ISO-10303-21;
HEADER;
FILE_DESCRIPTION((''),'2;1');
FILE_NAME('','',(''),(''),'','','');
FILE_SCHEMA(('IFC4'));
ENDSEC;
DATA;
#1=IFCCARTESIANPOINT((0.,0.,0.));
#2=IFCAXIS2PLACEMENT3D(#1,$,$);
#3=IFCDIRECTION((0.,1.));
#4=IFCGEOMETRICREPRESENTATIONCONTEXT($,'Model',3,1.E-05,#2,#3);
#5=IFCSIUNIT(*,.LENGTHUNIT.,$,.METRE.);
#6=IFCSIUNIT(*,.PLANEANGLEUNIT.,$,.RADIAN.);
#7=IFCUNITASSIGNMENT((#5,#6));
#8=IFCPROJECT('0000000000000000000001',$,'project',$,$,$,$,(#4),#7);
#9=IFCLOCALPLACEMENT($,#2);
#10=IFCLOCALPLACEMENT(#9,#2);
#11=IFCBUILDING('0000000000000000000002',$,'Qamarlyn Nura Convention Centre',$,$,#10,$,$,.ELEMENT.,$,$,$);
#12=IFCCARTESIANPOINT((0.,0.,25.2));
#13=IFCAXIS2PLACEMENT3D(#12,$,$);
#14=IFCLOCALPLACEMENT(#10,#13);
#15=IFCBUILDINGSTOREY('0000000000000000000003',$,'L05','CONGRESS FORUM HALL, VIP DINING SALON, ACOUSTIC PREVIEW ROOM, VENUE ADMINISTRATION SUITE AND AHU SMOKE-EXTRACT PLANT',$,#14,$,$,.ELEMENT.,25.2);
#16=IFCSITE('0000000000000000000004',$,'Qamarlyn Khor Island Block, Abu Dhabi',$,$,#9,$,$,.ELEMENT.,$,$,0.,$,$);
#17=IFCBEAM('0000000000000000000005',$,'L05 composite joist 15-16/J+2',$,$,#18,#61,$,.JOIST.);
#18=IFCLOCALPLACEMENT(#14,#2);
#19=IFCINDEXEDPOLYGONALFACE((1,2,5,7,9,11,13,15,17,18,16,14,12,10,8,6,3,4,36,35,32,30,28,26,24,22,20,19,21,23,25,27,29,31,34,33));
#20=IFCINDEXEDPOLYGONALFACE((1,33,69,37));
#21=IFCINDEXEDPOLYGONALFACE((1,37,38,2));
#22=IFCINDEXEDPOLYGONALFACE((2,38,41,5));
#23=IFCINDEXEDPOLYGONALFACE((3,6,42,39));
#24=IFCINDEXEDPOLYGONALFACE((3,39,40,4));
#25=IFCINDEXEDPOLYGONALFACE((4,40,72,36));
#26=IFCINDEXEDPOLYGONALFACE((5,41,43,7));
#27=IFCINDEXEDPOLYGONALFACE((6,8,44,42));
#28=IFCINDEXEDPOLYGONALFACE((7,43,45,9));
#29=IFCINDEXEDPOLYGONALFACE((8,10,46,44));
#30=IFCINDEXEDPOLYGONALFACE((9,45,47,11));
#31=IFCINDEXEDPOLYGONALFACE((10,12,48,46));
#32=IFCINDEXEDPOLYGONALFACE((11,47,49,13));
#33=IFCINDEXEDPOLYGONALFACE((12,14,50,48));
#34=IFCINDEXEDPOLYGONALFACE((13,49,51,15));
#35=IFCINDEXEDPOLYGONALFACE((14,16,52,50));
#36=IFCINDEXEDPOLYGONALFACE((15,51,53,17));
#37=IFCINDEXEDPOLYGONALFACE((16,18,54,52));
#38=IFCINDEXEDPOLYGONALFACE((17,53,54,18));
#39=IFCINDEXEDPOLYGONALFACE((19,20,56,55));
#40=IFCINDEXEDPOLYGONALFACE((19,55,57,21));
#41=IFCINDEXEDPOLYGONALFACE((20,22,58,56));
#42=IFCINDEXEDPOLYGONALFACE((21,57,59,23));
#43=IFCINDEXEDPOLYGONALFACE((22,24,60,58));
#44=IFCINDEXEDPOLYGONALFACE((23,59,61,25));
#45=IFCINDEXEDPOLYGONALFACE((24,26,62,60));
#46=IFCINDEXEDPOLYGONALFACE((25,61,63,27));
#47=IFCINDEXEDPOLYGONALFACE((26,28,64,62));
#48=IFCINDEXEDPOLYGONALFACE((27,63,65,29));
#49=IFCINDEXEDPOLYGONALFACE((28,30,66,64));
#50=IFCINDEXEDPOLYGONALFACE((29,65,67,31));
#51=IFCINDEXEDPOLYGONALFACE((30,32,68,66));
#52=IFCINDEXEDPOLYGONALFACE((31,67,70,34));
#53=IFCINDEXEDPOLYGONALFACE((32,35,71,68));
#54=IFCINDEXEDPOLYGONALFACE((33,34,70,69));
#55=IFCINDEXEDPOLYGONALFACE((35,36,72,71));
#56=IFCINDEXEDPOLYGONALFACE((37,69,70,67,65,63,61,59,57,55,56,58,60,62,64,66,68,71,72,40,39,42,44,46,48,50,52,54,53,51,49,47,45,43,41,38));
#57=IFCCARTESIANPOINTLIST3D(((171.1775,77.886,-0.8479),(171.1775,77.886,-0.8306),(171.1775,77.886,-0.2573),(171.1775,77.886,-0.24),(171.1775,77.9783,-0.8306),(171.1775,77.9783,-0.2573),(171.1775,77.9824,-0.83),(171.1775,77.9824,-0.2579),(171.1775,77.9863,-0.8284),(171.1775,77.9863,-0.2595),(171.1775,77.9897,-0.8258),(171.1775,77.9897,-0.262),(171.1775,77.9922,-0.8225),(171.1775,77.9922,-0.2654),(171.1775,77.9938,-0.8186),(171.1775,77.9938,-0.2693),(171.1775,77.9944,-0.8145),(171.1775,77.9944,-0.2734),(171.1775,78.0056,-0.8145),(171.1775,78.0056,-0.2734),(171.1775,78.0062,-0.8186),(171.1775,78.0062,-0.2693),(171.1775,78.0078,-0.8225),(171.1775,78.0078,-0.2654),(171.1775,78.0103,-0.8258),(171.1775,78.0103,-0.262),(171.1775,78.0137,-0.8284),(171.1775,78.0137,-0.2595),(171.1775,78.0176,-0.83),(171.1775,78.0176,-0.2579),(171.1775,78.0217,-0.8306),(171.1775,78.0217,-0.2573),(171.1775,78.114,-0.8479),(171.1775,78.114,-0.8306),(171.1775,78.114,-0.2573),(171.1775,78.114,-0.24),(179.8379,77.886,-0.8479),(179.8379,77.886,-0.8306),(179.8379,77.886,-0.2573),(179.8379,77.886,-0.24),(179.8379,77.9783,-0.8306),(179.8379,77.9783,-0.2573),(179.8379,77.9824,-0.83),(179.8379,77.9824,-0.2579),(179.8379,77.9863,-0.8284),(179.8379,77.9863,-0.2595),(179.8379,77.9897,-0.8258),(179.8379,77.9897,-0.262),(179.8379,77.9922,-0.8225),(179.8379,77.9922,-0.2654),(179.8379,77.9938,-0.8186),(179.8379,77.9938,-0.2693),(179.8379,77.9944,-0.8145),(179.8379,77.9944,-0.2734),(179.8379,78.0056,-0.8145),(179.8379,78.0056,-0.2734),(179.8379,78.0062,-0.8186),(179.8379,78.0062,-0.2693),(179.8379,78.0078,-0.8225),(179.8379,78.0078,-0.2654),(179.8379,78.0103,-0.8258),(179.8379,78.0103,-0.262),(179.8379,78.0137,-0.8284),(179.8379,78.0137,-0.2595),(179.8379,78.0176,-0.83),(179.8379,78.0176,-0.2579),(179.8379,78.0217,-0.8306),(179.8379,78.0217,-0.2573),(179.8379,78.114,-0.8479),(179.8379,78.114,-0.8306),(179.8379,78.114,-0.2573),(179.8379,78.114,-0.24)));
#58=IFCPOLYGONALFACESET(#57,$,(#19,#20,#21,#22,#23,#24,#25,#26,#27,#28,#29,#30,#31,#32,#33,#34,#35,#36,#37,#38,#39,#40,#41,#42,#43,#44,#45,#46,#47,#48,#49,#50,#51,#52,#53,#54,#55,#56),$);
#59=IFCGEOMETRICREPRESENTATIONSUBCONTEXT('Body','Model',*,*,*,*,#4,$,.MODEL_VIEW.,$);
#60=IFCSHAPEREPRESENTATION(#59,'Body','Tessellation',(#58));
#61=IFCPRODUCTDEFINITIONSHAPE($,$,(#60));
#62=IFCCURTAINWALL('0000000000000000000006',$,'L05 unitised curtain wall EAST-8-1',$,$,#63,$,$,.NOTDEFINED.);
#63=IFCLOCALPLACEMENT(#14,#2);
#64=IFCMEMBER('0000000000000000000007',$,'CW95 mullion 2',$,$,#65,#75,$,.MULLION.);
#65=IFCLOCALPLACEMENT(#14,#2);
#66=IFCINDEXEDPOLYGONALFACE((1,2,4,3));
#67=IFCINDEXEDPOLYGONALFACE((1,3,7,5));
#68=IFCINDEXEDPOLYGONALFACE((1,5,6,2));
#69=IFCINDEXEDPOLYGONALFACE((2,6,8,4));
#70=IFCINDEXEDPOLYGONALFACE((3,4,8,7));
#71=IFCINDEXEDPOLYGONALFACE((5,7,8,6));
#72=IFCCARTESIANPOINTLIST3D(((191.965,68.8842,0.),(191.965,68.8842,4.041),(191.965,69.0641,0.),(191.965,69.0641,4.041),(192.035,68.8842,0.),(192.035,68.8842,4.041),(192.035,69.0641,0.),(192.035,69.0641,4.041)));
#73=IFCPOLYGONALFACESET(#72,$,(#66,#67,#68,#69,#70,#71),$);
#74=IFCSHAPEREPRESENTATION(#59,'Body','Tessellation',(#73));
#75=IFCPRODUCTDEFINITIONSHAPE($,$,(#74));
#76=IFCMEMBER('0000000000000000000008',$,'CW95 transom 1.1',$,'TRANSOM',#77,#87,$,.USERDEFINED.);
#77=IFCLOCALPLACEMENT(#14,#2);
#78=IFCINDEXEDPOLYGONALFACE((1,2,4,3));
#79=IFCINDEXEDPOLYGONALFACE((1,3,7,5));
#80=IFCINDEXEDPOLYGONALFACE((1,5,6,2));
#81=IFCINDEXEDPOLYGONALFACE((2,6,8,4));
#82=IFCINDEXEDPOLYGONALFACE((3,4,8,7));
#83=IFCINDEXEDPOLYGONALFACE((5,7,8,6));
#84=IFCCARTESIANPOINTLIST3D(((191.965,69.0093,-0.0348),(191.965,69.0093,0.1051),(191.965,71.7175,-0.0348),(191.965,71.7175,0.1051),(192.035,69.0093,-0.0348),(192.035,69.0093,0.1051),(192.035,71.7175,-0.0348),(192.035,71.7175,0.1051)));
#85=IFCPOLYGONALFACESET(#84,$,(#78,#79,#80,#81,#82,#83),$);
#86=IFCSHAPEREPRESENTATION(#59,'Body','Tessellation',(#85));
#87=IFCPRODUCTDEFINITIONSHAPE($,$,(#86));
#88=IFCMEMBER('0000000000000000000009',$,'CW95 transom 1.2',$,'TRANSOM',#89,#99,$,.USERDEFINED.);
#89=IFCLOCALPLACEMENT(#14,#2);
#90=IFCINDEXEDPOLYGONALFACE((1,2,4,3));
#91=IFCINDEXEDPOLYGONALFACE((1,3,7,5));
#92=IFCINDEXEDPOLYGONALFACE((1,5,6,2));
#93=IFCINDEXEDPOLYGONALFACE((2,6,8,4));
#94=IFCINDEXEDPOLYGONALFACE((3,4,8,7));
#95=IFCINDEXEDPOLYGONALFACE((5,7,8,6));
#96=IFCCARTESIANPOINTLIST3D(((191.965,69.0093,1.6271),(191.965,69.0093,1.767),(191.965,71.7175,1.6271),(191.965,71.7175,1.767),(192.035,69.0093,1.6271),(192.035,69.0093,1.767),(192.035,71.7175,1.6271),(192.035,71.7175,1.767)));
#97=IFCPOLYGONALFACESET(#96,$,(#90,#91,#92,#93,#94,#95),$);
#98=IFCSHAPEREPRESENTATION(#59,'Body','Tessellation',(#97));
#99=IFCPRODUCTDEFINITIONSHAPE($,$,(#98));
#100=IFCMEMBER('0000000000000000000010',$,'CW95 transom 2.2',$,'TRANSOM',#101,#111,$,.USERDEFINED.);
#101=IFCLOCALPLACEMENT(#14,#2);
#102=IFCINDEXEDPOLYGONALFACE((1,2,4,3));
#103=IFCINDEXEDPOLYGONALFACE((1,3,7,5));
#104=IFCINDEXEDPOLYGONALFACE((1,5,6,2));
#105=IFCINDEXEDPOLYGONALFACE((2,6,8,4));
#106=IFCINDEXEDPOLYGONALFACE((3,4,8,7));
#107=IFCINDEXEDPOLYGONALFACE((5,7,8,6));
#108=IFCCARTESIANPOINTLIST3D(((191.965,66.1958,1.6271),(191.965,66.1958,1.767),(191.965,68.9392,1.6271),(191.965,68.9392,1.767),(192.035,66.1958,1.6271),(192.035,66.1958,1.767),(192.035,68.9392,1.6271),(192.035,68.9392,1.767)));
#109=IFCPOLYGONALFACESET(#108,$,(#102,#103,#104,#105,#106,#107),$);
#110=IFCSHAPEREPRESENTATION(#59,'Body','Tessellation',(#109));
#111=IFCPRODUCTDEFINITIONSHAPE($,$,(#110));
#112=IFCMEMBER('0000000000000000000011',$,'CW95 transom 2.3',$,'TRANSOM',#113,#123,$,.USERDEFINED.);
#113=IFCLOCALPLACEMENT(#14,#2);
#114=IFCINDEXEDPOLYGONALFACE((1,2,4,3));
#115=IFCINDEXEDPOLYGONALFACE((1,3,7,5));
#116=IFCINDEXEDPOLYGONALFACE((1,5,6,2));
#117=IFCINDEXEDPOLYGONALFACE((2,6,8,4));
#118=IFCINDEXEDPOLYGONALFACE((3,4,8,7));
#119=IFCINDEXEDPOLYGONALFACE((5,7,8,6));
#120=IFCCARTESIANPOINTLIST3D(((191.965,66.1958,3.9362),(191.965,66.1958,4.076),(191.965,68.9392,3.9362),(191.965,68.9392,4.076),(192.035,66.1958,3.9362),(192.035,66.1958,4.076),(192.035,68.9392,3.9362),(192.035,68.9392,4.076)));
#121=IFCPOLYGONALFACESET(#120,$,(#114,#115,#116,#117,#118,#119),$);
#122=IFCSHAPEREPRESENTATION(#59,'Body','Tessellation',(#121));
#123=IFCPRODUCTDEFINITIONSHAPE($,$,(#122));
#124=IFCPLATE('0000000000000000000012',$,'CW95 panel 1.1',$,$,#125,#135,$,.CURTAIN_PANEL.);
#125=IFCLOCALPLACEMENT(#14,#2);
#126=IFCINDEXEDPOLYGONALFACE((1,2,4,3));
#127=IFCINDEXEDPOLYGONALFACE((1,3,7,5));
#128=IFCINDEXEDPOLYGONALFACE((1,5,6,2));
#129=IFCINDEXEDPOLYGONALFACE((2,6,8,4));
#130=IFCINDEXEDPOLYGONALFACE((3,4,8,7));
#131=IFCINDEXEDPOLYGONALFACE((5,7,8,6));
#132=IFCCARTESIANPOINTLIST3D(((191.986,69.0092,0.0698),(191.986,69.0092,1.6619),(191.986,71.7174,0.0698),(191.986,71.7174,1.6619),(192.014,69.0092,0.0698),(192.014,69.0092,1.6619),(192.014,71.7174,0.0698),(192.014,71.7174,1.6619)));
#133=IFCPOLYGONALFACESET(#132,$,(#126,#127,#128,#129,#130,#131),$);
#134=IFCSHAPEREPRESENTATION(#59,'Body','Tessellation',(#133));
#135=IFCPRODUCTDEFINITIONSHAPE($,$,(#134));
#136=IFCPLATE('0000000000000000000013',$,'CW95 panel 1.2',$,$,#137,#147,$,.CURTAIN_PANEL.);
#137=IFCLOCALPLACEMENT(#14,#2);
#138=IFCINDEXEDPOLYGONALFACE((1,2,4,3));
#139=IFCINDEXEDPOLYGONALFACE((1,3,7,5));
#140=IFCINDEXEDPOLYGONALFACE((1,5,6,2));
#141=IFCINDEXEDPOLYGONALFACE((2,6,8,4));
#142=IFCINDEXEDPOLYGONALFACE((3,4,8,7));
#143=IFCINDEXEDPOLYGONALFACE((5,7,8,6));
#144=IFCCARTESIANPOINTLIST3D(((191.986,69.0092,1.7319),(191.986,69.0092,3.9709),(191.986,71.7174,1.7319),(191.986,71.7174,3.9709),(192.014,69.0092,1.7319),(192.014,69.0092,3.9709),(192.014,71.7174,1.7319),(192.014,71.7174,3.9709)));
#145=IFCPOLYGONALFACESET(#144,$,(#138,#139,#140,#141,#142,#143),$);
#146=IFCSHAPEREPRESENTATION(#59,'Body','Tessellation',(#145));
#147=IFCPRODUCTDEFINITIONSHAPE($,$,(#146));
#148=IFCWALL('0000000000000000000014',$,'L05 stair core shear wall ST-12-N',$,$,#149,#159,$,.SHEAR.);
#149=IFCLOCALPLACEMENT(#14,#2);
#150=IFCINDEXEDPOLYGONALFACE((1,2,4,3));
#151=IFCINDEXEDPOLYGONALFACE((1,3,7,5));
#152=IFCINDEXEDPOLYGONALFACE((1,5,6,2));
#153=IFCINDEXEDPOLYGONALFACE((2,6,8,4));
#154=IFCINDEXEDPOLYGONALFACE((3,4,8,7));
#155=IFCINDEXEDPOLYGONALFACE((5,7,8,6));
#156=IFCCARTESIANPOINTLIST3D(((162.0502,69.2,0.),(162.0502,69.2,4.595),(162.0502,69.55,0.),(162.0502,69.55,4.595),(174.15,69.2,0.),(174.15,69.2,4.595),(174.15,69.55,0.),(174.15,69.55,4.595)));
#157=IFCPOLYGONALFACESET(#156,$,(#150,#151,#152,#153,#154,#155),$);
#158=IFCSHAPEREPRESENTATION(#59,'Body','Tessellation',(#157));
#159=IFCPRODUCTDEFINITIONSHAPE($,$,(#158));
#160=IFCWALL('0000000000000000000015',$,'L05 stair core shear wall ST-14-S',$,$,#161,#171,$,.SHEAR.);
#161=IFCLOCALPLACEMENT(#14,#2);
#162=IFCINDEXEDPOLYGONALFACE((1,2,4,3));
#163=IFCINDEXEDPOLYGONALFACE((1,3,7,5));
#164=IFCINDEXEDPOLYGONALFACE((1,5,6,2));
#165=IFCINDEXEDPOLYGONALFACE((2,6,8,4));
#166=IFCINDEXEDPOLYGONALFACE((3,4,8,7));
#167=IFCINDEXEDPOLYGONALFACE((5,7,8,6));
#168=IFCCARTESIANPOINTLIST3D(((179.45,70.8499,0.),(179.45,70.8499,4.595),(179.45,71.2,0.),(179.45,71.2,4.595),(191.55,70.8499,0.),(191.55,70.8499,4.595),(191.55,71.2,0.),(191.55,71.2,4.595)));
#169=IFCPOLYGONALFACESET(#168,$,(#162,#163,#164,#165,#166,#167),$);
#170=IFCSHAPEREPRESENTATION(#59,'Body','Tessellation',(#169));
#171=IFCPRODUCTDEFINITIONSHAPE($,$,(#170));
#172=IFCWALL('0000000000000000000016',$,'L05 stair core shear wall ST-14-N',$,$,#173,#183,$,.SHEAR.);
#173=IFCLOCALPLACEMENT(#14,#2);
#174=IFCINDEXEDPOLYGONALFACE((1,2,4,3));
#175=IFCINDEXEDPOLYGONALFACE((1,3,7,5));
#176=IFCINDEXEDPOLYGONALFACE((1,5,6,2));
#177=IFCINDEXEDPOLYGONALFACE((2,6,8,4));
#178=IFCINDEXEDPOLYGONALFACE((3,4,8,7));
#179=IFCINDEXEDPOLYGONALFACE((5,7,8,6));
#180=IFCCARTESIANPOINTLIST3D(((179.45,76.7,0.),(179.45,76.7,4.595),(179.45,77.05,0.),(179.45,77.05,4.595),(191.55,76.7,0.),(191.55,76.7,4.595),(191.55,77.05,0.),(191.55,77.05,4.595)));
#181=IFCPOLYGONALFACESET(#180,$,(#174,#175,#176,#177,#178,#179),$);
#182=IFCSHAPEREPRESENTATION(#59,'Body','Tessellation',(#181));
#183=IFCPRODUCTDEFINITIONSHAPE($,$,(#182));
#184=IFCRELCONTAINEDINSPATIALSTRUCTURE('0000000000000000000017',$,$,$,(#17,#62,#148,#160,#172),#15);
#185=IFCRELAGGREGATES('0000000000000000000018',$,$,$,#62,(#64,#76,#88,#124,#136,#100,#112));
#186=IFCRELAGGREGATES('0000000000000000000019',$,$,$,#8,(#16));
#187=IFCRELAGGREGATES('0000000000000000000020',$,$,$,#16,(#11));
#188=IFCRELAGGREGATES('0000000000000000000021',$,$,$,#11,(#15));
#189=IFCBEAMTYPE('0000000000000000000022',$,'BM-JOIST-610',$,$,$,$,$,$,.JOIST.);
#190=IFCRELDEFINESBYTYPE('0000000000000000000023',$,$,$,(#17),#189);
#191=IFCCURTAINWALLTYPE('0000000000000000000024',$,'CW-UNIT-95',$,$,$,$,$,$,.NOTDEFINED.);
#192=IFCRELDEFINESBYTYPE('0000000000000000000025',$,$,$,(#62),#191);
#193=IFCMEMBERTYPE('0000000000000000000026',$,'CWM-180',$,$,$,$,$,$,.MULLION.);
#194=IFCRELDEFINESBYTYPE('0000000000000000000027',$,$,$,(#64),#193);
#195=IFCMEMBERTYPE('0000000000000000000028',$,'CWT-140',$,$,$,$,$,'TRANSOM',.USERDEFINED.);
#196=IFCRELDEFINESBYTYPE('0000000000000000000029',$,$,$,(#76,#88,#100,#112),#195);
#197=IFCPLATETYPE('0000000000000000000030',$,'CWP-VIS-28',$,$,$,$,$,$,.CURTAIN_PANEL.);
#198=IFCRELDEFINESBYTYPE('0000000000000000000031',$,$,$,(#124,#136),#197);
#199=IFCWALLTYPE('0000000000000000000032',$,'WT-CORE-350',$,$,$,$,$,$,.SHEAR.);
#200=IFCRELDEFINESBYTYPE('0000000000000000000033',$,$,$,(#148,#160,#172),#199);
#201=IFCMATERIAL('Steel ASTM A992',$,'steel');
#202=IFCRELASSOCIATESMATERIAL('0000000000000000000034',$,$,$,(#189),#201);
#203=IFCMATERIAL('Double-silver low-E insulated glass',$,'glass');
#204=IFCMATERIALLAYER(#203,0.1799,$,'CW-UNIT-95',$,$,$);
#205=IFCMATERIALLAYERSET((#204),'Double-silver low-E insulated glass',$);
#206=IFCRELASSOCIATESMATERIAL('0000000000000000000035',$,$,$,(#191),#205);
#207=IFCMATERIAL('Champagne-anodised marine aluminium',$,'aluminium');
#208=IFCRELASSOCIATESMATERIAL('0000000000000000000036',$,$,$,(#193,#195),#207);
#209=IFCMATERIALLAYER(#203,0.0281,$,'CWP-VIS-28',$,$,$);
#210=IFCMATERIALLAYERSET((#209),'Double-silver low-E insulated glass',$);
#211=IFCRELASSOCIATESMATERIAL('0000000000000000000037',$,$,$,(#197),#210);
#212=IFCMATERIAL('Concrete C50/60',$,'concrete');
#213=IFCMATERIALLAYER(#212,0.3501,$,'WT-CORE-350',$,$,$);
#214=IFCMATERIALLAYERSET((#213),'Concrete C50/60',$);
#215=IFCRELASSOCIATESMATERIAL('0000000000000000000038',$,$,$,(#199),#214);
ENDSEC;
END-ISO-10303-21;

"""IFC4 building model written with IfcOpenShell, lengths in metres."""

from ifc_helpers import new_model, si_unit, direction, frame, frame_2d, origin, origin_2d, place, context, subcontext, project, spatial, rectangle, i_section, extrude, material, layer, layer_set, material_profile, profile_set, type_object, element, aggregate, save


model = new_model("IFC4")

# Units and contexts
model_context = context("Model", 3, precision=1e-05, world=origin(), true_north=direction((0.0, 1.0)))
body_context = subcontext(model_context, "Body", "Model", "MODEL_VIEW")
ifc_project = project(units=[si_unit("LENGTHUNIT", "METRE"), si_unit("PLANEANGLEUNIT", "RADIAN")], contexts=[model_context])

# Site, building, storey
site_placement = place(None, origin())
site = spatial("IfcSite", under=ifc_project, at=site_placement, Name="Qamarlyn Khor Island Block, Abu Dhabi", CompositionType="ELEMENT", RefElevation=0.0)
building_placement = place(site_placement, origin())
building = spatial("IfcBuilding", under=site, at=building_placement, Name="Qamarlyn Nura Convention Centre", CompositionType="ELEMENT")
storey_placement = place(building_placement, frame((0.0, 0.0, 25.2)))
storey = spatial("IfcBuildingStorey", under=building, at=storey_placement, Name="L05", Description="CONGRESS FORUM HALL, VIP DINING SALON, ACOUSTIC PREVIEW ROOM, VENUE ADMINISTRATION SUITE AND AHU SMOKE-EXTRACT PLANT", CompositionType="ELEMENT", Elevation=25.2)

# Shared definitions
ifc_material_1 = material(Name="Steel ASTM A992", Category="steel")

# Beam
ifc_material_profile_1 = material_profile(ifc_material_1, i_section(OverallWidth=0.228, OverallDepth=0.6079, WebThickness=0.0112, FlangeThickness=0.0173, FilletRadius=0.0161, at=origin_2d()), Name="W610X113")
ifc_profile_set_1 = profile_set([ifc_material_profile_1], Name="Steel ASTM A992")
beam_type_1 = type_object("IfcBeamType", Name="BM-JOIST-610", PredefinedType="JOIST", material=ifc_profile_set_1)
beam_1_placement = place(storey_placement, frame((171.1775, 78.0, -0.5439), z_axis=(1.0, 0.0, 0.0), x_axis=(0.0, 1.0, 0.0)))
element("IfcBeam", 1, at=beam_1_placement, inside=storey, type_object=beam_type_1, Name="L05 composite joist 15-16/J+2", PredefinedType="JOIST", context=body_context, shape_type="SweptSolid", body=[
    extrude(i_section(OverallWidth=0.228, OverallDepth=0.6079, WebThickness=0.0112, FlangeThickness=0.0173, FilletRadius=0.0161, at=origin_2d()), origin(), (0.0, 0.0, 1.0), 8.6604),
])

# Curtain wall, members, plates
ifc_material_2 = material(Name="Double-silver low-E insulated glass", Category="glass")
ifc_layer_1 = layer(ifc_material_2, 0.1799, Name="CW-UNIT-95")
ifc_layer_set_1 = layer_set([ifc_layer_1], Name="Double-silver low-E insulated glass")
curtain_wall_type = type_object("IfcCurtainWallType", Name="CW-UNIT-95", PredefinedType="NOTDEFINED", material=ifc_layer_set_1)
curtain_wall_placement = place(storey_placement, origin())
curtain_wall = element("IfcCurtainWall", 2, at=curtain_wall_placement, inside=storey, type_object=curtain_wall_type, Name="L05 unitised curtain wall EAST-8-1", PredefinedType="NOTDEFINED")
ifc_material_3 = material(Name="Champagne-anodised marine aluminium", Category="aluminium")
ifc_material_profile_2 = material_profile(ifc_material_3, rectangle(XDim=0.0701, YDim=0.1799, at=origin_2d()), Name="ALU MULLION 70x180")
ifc_profile_set_2 = profile_set([ifc_material_profile_2], Name="Champagne-anodised marine aluminium")
member_type_1 = type_object("IfcMemberType", Name="CWM-180", PredefinedType="MULLION", material=ifc_profile_set_2)
member_1_placement = place(storey_placement, frame((192.0, 68.9741, 0.0), z_axis=(0.0, 0.0, 1.0), x_axis=(1.0, 0.0, 0.0)))
member_1 = element("IfcMember", 3, at=member_1_placement, type_object=member_type_1, Name="CW95 mullion 2", PredefinedType="MULLION", context=body_context, shape_type="SweptSolid", body=[
    extrude(rectangle(XDim=0.0701, YDim=0.1799, at=origin_2d()), origin(), (0.0, 0.0, 1.0), 4.041),
])
ifc_material_profile_3 = material_profile(ifc_material_3, rectangle(XDim=0.0701, YDim=0.1399, at=origin_2d()), Name="ALU TRANSOM 70x140")
ifc_profile_set_3 = profile_set([ifc_material_profile_3], Name="Champagne-anodised marine aluminium")
member_type_2 = type_object("IfcMemberType", Name="CWT-140", ElementType="TRANSOM", PredefinedType="USERDEFINED", material=ifc_profile_set_3)
member_2_placement = place(storey_placement, frame((192.0, 71.7175, 0.0352), z_axis=(0.0, -1.0, 0.0), x_axis=(1.0, 0.0, 0.0)))
member_2 = element("IfcMember", 4, at=member_2_placement, type_object=member_type_2, Name="CW95 transom 1.1", ObjectType="TRANSOM", PredefinedType="USERDEFINED", context=body_context, shape_type="SweptSolid", body=[
    extrude(rectangle(XDim=0.0701, YDim=0.1399, at=origin_2d()), origin(), (0.0, 0.0, 1.0), 2.7083),
])
member_3_placement = place(storey_placement, frame((192.0, 71.7175, 1.697), z_axis=(0.0, -1.0, 0.0), x_axis=(1.0, 0.0, 0.0)))
member_3 = element("IfcMember", 5, at=member_3_placement, type_object=member_type_2, Name="CW95 transom 1.2", ObjectType="TRANSOM", PredefinedType="USERDEFINED", context=body_context, shape_type="SweptSolid", body=[
    extrude(rectangle(XDim=0.0701, YDim=0.1399, at=origin_2d()), origin(), (0.0, 0.0, 1.0), 2.7083),
])
member_4_placement = place(storey_placement, frame((192.0, 68.9392, 1.697), z_axis=(0.0, -1.0, 0.0), x_axis=(1.0, 0.0, 0.0)))
member_4 = element("IfcMember", 6, at=member_4_placement, type_object=member_type_2, Name="CW95 transom 2.2", ObjectType="TRANSOM", PredefinedType="USERDEFINED", context=body_context, shape_type="SweptSolid", body=[
    extrude(rectangle(XDim=0.0701, YDim=0.1399, at=origin_2d()), origin(), (0.0, 0.0, 1.0), 2.7434),
])
member_5_placement = place(storey_placement, frame((192.0, 68.9392, 4.0061), z_axis=(0.0, -1.0, 0.0), x_axis=(1.0, 0.0, 0.0)))
member_5 = element("IfcMember", 7, at=member_5_placement, type_object=member_type_2, Name="CW95 transom 2.3", ObjectType="TRANSOM", PredefinedType="USERDEFINED", context=body_context, shape_type="SweptSolid", body=[
    extrude(rectangle(XDim=0.0701, YDim=0.1399, at=origin_2d()), origin(), (0.0, 0.0, 1.0), 2.7434),
])
ifc_layer_2 = layer(ifc_material_2, 0.0281, Name="CWP-VIS-28")
ifc_layer_set_2 = layer_set([ifc_layer_2], Name="Double-silver low-E insulated glass")
plate_type = type_object("IfcPlateType", Name="CWP-VIS-28", PredefinedType="CURTAIN_PANEL", material=ifc_layer_set_2)
plate_1_placement = place(storey_placement, frame((192.0, 70.3633, 0.0698), z_axis=(0.0, 0.0, 1.0), x_axis=(0.0, -1.0, 0.0)))
plate_1 = element("IfcPlate", 8, at=plate_1_placement, type_object=plate_type, Name="CW95 panel 1.1", PredefinedType="CURTAIN_PANEL", context=body_context, shape_type="SweptSolid", body=[
    extrude(rectangle(XDim=2.7083, YDim=0.0281, at=origin_2d()), origin(), (0.0, 0.0, 1.0), 1.592),
])
plate_2_placement = place(storey_placement, frame((192.0, 70.3633, 1.7319), z_axis=(0.0, 0.0, 1.0), x_axis=(0.0, -1.0, 0.0)))
plate_2 = element("IfcPlate", 9, at=plate_2_placement, type_object=plate_type, Name="CW95 panel 1.2", PredefinedType="CURTAIN_PANEL", context=body_context, shape_type="SweptSolid", body=[
    extrude(rectangle(XDim=2.7083, YDim=0.0281, at=origin_2d()), origin(), (0.0, 0.0, 1.0), 2.239),
])
aggregate(curtain_wall, [member_1, member_2, member_3, plate_1, plate_2, member_4, member_5])

# Walls
ifc_material_4 = material(Name="Concrete C50/60", Category="concrete")
ifc_layer_3 = layer(ifc_material_4, 0.3501, Name="WT-CORE-350")
ifc_layer_set_3 = layer_set([ifc_layer_3], Name="Concrete C50/60")
wall_type = type_object("IfcWallType", Name="WT-CORE-350", PredefinedType="SHEAR", material=ifc_layer_set_3)
wall_1_placement = place(storey_placement, frame((174.1499, 69.375, 0.0), z_axis=(0.0, 0.0, 1.0), x_axis=(-1.0, 0.0, 0.0)))
element("IfcWall", 10, at=wall_1_placement, inside=storey, type_object=wall_type, Name="L05 stair core shear wall ST-12-N", PredefinedType="SHEAR", context=body_context, shape_type="SweptSolid", body=[
    extrude(rectangle(XDim=12.0999, YDim=0.3501, at=frame_2d((6.0498, 0.0))), origin(), (0.0, 0.0, 1.0), 4.595),
])
for number, where, z_axis, x_axis, name in (
    (11, (179.45, 71.0249, 0.0), (0.0, 0.0, 1.0), (1.0, 0.0, 0.0), "L05 stair core shear wall ST-14-S"),
    (12, (191.55, 76.875, 0.0), (0.0, 0.0, 1.0), (-1.0, 0.0, 0.0), "L05 stair core shear wall ST-14-N"),
):
    element("IfcWall", number, at=place(storey_placement, frame(where, z_axis=z_axis, x_axis=x_axis)), inside=storey, type_object=wall_type, Name=name, PredefinedType="SHEAR", context=body_context, shape_type="SweptSolid", body=[
        extrude(rectangle(XDim=12.1001, YDim=0.3501, at=frame_2d((6.05, 0.0))), origin(), (0.0, 0.0, 1.0), 4.595),
    ])

save(model, "model.ifc")
